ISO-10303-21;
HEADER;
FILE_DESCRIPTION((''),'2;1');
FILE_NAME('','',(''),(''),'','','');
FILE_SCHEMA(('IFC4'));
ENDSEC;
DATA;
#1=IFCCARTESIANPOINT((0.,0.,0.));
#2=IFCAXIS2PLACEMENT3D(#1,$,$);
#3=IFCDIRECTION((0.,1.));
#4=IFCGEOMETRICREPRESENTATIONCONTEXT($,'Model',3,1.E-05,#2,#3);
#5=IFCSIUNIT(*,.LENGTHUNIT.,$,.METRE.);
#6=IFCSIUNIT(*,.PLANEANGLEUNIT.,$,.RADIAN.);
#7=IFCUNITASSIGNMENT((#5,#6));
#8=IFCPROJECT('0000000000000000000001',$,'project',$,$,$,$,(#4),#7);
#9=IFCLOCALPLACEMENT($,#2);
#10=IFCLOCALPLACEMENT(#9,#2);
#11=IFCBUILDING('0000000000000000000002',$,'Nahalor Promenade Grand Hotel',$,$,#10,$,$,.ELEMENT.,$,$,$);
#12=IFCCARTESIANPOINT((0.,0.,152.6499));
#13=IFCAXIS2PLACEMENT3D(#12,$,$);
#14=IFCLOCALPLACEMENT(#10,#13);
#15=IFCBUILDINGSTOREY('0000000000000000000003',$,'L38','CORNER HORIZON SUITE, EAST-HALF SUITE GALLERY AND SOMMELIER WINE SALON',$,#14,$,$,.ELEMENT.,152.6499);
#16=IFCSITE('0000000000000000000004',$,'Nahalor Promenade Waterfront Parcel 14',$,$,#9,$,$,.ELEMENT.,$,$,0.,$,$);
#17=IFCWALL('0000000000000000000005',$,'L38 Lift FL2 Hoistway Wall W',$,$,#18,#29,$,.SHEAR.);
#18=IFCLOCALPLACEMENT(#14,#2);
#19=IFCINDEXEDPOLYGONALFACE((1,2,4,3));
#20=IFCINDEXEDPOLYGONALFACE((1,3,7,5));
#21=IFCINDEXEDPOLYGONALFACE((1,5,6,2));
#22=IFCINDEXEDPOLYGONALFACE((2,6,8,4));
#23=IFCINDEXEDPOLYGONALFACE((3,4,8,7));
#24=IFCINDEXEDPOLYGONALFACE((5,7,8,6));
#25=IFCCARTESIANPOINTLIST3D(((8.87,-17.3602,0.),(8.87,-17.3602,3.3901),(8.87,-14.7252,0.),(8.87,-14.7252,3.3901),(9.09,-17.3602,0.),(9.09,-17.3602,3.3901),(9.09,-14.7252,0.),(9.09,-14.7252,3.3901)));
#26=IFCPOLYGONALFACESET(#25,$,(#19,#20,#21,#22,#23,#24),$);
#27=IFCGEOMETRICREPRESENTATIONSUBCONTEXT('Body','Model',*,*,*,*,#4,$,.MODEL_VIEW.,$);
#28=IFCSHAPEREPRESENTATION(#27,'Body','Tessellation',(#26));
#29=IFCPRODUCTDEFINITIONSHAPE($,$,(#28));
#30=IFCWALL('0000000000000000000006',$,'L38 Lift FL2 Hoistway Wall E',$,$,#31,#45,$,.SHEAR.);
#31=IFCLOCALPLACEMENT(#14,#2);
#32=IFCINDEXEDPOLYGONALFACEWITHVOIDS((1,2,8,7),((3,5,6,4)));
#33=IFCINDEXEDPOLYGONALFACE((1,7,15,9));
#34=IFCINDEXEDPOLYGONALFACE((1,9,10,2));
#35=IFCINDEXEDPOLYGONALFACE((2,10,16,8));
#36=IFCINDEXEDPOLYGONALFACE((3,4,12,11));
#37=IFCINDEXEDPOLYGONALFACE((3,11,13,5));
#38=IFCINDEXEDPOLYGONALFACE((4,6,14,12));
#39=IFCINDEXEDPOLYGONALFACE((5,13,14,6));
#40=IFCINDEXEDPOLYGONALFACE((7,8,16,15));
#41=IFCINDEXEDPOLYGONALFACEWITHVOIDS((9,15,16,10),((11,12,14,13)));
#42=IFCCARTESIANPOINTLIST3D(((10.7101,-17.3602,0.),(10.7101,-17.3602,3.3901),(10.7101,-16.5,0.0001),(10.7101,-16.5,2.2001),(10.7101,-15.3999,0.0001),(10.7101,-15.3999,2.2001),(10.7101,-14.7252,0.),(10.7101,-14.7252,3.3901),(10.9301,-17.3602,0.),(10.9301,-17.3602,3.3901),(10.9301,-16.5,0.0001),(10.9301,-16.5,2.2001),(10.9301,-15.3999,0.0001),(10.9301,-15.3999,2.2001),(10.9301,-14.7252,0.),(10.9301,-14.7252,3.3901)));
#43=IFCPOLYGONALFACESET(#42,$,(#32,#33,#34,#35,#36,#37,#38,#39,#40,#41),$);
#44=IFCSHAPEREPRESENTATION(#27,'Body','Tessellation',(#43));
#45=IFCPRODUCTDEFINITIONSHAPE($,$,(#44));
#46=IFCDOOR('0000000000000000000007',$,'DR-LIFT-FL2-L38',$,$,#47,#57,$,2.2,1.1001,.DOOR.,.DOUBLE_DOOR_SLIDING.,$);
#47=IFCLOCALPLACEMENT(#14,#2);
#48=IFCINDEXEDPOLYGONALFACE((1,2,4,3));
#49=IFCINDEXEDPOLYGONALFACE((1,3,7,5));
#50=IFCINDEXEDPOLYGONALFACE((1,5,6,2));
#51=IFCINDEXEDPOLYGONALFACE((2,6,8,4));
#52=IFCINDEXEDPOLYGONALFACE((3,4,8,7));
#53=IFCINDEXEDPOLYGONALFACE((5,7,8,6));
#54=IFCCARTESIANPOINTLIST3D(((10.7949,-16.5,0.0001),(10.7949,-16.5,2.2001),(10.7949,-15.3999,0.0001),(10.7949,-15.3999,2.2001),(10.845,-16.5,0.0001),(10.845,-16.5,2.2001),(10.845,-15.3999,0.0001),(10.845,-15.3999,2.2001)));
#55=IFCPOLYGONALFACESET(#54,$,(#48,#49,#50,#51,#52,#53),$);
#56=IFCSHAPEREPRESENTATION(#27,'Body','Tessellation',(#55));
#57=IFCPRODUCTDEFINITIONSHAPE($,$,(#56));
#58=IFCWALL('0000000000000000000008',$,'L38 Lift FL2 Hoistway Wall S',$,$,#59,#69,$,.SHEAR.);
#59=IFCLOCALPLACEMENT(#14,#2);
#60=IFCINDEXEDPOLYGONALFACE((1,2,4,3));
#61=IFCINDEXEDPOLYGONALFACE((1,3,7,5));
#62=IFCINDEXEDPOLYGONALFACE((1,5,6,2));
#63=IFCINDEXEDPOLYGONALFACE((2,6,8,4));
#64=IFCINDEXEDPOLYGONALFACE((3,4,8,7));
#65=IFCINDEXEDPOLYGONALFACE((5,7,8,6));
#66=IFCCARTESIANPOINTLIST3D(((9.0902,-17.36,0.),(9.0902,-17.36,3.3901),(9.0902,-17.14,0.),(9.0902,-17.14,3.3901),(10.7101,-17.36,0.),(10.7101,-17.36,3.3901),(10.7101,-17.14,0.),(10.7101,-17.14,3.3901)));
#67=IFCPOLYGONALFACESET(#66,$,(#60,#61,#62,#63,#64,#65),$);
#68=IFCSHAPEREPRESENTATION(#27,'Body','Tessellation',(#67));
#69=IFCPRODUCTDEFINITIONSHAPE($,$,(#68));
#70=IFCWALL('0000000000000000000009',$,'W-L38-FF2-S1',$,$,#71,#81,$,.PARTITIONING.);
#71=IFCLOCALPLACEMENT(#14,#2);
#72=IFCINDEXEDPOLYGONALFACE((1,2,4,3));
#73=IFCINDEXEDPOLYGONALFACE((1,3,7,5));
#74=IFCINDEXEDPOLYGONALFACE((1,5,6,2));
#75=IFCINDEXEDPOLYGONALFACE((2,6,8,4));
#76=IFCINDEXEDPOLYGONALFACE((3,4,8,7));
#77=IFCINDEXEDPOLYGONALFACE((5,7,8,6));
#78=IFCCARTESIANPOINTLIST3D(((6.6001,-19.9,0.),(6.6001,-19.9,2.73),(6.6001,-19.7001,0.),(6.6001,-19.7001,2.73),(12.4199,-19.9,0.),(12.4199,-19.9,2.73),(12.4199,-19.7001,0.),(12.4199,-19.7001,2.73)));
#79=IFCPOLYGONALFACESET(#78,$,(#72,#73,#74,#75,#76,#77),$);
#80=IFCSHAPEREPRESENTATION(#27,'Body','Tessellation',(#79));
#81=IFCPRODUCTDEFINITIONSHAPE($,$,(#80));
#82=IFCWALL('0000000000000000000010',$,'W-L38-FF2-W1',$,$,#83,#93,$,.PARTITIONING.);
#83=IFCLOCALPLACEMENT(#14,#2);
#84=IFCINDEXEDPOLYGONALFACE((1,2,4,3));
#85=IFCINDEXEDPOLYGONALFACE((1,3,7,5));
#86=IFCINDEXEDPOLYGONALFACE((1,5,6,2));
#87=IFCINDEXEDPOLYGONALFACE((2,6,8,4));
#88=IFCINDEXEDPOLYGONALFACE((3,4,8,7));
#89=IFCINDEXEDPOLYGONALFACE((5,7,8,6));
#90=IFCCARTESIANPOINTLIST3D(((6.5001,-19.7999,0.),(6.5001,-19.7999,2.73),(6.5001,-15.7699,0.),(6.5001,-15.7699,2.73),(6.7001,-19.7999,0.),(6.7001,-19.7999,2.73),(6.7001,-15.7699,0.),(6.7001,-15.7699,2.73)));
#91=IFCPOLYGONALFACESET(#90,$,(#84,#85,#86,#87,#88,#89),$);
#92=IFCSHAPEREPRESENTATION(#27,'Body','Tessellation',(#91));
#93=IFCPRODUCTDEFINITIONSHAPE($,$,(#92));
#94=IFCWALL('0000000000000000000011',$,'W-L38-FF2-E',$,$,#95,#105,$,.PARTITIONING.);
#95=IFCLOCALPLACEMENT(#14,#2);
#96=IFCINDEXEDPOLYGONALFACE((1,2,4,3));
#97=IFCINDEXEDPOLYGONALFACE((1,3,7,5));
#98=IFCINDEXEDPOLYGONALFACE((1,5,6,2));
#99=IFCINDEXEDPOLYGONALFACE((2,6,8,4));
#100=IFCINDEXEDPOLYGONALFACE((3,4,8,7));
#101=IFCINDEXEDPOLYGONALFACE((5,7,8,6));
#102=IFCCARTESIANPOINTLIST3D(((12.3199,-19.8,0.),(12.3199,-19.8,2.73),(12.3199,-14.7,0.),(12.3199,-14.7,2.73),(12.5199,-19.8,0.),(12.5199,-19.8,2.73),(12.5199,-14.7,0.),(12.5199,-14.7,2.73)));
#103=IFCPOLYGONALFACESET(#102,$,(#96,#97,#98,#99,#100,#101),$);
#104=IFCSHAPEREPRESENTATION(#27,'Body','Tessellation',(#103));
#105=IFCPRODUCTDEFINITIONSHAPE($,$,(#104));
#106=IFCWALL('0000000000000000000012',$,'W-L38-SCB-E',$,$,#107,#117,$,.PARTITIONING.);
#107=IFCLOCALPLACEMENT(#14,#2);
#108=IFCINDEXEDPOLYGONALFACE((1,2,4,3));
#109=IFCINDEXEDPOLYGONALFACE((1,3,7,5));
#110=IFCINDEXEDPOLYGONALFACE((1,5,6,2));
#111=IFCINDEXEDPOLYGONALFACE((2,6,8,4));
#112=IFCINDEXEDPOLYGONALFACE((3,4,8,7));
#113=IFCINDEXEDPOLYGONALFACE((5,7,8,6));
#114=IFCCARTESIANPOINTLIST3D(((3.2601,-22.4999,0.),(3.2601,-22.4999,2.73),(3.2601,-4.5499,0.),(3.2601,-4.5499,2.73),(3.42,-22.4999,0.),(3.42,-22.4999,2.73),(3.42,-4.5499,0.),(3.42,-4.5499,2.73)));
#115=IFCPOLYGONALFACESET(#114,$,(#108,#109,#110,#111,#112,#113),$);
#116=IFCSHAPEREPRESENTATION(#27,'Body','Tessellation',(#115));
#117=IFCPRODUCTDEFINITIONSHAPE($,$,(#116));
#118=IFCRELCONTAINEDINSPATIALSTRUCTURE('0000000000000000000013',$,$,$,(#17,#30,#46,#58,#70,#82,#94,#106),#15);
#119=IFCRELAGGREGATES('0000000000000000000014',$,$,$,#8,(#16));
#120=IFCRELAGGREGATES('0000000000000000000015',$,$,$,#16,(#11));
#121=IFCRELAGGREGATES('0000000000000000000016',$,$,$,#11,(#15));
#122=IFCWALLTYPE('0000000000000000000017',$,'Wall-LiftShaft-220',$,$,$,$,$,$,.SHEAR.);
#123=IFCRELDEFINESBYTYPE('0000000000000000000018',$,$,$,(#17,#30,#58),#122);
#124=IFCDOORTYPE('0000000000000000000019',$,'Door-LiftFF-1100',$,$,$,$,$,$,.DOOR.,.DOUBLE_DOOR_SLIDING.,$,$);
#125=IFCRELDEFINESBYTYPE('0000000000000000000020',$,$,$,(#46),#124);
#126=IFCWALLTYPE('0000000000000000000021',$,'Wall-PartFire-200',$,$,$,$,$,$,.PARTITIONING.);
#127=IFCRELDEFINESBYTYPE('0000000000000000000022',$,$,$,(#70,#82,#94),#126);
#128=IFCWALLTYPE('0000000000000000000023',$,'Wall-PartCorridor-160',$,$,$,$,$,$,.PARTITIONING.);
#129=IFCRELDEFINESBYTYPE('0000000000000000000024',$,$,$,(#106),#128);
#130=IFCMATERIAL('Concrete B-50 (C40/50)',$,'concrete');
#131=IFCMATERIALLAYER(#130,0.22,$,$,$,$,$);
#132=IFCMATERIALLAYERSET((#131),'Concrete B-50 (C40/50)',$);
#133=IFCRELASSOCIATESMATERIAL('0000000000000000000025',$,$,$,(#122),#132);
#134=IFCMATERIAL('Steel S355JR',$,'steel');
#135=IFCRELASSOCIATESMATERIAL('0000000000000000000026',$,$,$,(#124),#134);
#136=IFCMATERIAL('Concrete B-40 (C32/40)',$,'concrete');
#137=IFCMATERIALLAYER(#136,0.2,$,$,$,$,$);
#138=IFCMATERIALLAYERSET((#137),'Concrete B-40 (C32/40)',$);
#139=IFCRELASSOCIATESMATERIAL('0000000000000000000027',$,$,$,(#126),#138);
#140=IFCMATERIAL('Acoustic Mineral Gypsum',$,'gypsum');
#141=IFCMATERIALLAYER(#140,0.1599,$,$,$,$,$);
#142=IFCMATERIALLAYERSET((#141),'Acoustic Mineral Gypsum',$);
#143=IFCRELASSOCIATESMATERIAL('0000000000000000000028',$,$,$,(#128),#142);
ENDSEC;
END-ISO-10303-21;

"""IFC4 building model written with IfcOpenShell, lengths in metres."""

from ifc_helpers import new_model, si_unit, direction, frame, frame_2d, origin, place, context, subcontext, project, spatial, rectangle, extrude, source, transform, mapped, material, layer, layer_set, type_object, element, fill, save


model = new_model("IFC4")

# Units and contexts
model_context = context("Model", 3, precision=1e-05, world=origin(), true_north=direction((0.0, 1.0)))
body_context = subcontext(model_context, "Body", "Model", "MODEL_VIEW")
ifc_project = project(units=[si_unit("LENGTHUNIT", "METRE"), si_unit("PLANEANGLEUNIT", "RADIAN")], contexts=[model_context])

# Site, building, storey
site_placement = place(None, origin())
site = spatial("IfcSite", under=ifc_project, at=site_placement, Name="Nahalor Promenade Waterfront Parcel 14", CompositionType="ELEMENT", RefElevation=0.0)
building_placement = place(site_placement, origin())
building = spatial("IfcBuilding", under=site, at=building_placement, Name="Nahalor Promenade Grand Hotel", CompositionType="ELEMENT")
storey_placement = place(building_placement, frame((0.0, 0.0, 152.6499)))
storey = spatial("IfcBuildingStorey", under=building, at=storey_placement, Name="L38", Description="CORNER HORIZON SUITE, EAST-HALF SUITE GALLERY AND SOMMELIER WINE SALON", CompositionType="ELEMENT", Elevation=152.6499)

# Shared definitions
ifc_material_1 = material(Name="Steel S355JR", Category="steel")

# Shared definitions
ifc_material_2 = material(Name="Concrete B-50 (C40/50)", Category="concrete")

# Wall
ifc_layer_1 = layer(ifc_material_2, 0.22)
ifc_layer_set_1 = layer_set([ifc_layer_1], Name="Concrete B-50 (C40/50)")
wall_type_1 = type_object("IfcWallType", Name="Wall-LiftShaft-220", PredefinedType="SHEAR", material=ifc_layer_set_1)
shared_shape_1 = source(origin(), body_context, "Body", "SweptSolid", [
    extrude(rectangle(XDim=2.635, YDim=0.22, at=frame_2d((1.3174, 0.0))), origin(), (0.0, 0.0, 1.0), 3.3901),
])
wall_1_placement = place(storey_placement, frame((8.98, -17.3601, 0.0), z_axis=(0.0, 0.0, 1.0), x_axis=(0.0, 1.0, 0.0)))
element("IfcWall", 1, at=wall_1_placement, inside=storey, type_object=wall_type_1, Name="L38 Lift FL2 Hoistway Wall W", PredefinedType="SHEAR", context=body_context, shape_type="MappedRepresentation", body=[
    mapped(shared_shape_1, transform((0.0, 0.0, 0.0), scale=1.0)),
])

# Wall, opening, door
wall_2_placement = place(storey_placement, frame((10.8201, -17.3601, 0.0), z_axis=(0.0, 0.0, 1.0), x_axis=(0.0, 1.0, 0.0)))
wall_2 = element("IfcWall", 2, at=wall_2_placement, inside=storey, type_object=wall_type_1, Name="L38 Lift FL2 Hoistway Wall E", PredefinedType="SHEAR", context=body_context, shape_type="MappedRepresentation", body=[
    mapped(shared_shape_1, transform((0.0, 0.0, 0.0), scale=1.0)),
])
opening_1_placement = place(wall_2_placement, frame((0.8601, 0.0, 0.0)))
opening_1 = element("IfcOpeningElement", 3, at=opening_1_placement, cuts=wall_2, PredefinedType="OPENING", context=body_context, shape_type="SweptSolid", body=[
    extrude(rectangle(XDim=1.1001, YDim=2.2, at=frame_2d((0.55, 1.1001))), frame((0.0, 0.1199, 0.0), z_axis=(0.0, -1.0, 0.0), x_axis=(1.0, 0.0, 0.0)), (0.0, 0.0, 1.0), 0.24),
])
door_type_1 = type_object("IfcDoorType", Name="Door-LiftFF-1100", OperationType="DOUBLE_DOOR_SLIDING", PredefinedType="DOOR", material=ifc_material_1)
shared_shape_2 = source(origin(), body_context, "Body", "SweptSolid", [
    extrude(rectangle(XDim=1.1001, YDim=2.2, at=frame_2d((0.55, 1.1001))), frame((0.0, 0.0249, 0.0), z_axis=(0.0, -1.0, 0.0), x_axis=(1.0, 0.0, 0.0)), (0.0, 0.0, 1.0), 0.05),
])
door_1_placement = place(opening_1_placement, frame((1.1001, 0.0, 0.0), z_axis=(0.0, 0.0, 1.0), x_axis=(-1.0, 0.0, 0.0)))
door_1 = element("IfcDoor", 4, at=door_1_placement, inside=storey, type_object=door_type_1, Name="DR-LIFT-FL2-L38", OperationType="DOUBLE_DOOR_SLIDING", OverallHeight=2.2, OverallWidth=1.1001, PredefinedType="DOOR", context=body_context, shape_type="MappedRepresentation", body=[
    mapped(shared_shape_2, transform((0.0, 0.0, 0.0), scale=1.0)),
])
fill(opening_1, door_1)

# Walls
shared_shape_3 = source(origin(), body_context, "Body", "SweptSolid", [
    extrude(rectangle(XDim=1.6199, YDim=0.22, at=frame_2d((0.8101, 0.0))), origin(), (0.0, 0.0, 1.0), 3.3901),
])
wall_3_placement = place(storey_placement, frame((9.0901, -17.25, 0.0), z_axis=(0.0, 0.0, 1.0), x_axis=(1.0, 0.0, 0.0)))
element("IfcWall", 5, at=wall_3_placement, inside=storey, type_object=wall_type_1, Name="L38 Lift FL2 Hoistway Wall S", PredefinedType="SHEAR", context=body_context, shape_type="MappedRepresentation", body=[
    mapped(shared_shape_3, transform((0.0, 0.0, 0.0), scale=1.0)),
])
ifc_material_3 = material(Name="Concrete B-40 (C32/40)", Category="concrete")
ifc_layer_2 = layer(ifc_material_3, 0.2)
ifc_layer_set_2 = layer_set([ifc_layer_2], Name="Concrete B-40 (C32/40)")
wall_type_2 = type_object("IfcWallType", Name="Wall-PartFire-200", PredefinedType="PARTITIONING", material=ifc_layer_set_2)
shared_shape_4 = source(origin(), body_context, "Body", "SweptSolid", [
    extrude(rectangle(XDim=5.8198, YDim=0.2, at=frame_2d((2.9099, 0.0))), origin(), (0.0, 0.0, 1.0), 2.73),
])
wall_4_placement = place(storey_placement, frame((6.6001, -19.8, 0.0), z_axis=(0.0, 0.0, 1.0), x_axis=(1.0, 0.0, 0.0)))
element("IfcWall", 6, at=wall_4_placement, inside=storey, type_object=wall_type_2, Name="W-L38-FF2-S1", PredefinedType="PARTITIONING", context=body_context, shape_type="MappedRepresentation", body=[
    mapped(shared_shape_4, transform((0.0, 0.0, 0.0), scale=1.0)),
])
shared_shape_5 = source(origin(), body_context, "Body", "SweptSolid", [
    extrude(rectangle(XDim=4.03, YDim=0.2, at=frame_2d((2.0151, 0.0))), origin(), (0.0, 0.0, 1.0), 2.73),
])
wall_5_placement = place(storey_placement, frame((6.6001, -19.8, 0.0), z_axis=(0.0, 0.0, 1.0), x_axis=(0.0, 1.0, 0.0)))
element("IfcWall", 7, at=wall_5_placement, inside=storey, type_object=wall_type_2, Name="W-L38-FF2-W1", PredefinedType="PARTITIONING", context=body_context, shape_type="MappedRepresentation", body=[
    mapped(shared_shape_5, transform((0.0, 0.0, 0.0), scale=1.0)),
])
shared_shape_6 = source(origin(), body_context, "Body", "SweptSolid", [
    extrude(rectangle(XDim=5.1001, YDim=0.2, at=frame_2d((2.55, 0.0))), origin(), (0.0, 0.0, 1.0), 2.73),
])
wall_6_placement = place(storey_placement, frame((12.4199, -19.8, 0.0), z_axis=(0.0, 0.0, 1.0), x_axis=(0.0, 1.0, 0.0)))
element("IfcWall", 8, at=wall_6_placement, inside=storey, type_object=wall_type_2, Name="W-L38-FF2-E", PredefinedType="PARTITIONING", context=body_context, shape_type="MappedRepresentation", body=[
    mapped(shared_shape_6, transform((0.0, 0.0, 0.0), scale=1.0)),
])
ifc_material_4 = material(Name="Acoustic Mineral Gypsum", Category="gypsum")
ifc_layer_3 = layer(ifc_material_4, 0.1599)
ifc_layer_set_3 = layer_set([ifc_layer_3], Name="Acoustic Mineral Gypsum")
wall_type_3 = type_object("IfcWallType", Name="Wall-PartCorridor-160", PredefinedType="PARTITIONING", material=ifc_layer_set_3)
shared_shape_7 = source(origin(), body_context, "Body", "SweptSolid", [
    extrude(rectangle(XDim=17.95, YDim=0.1599, at=frame_2d((8.9751, 0.0))), origin(), (0.0, 0.0, 1.0), 2.73),
])
wall_7_placement = place(storey_placement, frame((3.3401, -22.5, 0.0), z_axis=(0.0, 0.0, 1.0), x_axis=(0.0, 1.0, 0.0)))
element("IfcWall", 9, at=wall_7_placement, inside=storey, type_object=wall_type_3, Name="W-L38-SCB-E", PredefinedType="PARTITIONING", context=body_context, shape_type="MappedRepresentation", body=[
    mapped(shared_shape_7, transform((0.0, 0.0, 0.0), scale=1.0)),
])

save(model, "model.ifc")
